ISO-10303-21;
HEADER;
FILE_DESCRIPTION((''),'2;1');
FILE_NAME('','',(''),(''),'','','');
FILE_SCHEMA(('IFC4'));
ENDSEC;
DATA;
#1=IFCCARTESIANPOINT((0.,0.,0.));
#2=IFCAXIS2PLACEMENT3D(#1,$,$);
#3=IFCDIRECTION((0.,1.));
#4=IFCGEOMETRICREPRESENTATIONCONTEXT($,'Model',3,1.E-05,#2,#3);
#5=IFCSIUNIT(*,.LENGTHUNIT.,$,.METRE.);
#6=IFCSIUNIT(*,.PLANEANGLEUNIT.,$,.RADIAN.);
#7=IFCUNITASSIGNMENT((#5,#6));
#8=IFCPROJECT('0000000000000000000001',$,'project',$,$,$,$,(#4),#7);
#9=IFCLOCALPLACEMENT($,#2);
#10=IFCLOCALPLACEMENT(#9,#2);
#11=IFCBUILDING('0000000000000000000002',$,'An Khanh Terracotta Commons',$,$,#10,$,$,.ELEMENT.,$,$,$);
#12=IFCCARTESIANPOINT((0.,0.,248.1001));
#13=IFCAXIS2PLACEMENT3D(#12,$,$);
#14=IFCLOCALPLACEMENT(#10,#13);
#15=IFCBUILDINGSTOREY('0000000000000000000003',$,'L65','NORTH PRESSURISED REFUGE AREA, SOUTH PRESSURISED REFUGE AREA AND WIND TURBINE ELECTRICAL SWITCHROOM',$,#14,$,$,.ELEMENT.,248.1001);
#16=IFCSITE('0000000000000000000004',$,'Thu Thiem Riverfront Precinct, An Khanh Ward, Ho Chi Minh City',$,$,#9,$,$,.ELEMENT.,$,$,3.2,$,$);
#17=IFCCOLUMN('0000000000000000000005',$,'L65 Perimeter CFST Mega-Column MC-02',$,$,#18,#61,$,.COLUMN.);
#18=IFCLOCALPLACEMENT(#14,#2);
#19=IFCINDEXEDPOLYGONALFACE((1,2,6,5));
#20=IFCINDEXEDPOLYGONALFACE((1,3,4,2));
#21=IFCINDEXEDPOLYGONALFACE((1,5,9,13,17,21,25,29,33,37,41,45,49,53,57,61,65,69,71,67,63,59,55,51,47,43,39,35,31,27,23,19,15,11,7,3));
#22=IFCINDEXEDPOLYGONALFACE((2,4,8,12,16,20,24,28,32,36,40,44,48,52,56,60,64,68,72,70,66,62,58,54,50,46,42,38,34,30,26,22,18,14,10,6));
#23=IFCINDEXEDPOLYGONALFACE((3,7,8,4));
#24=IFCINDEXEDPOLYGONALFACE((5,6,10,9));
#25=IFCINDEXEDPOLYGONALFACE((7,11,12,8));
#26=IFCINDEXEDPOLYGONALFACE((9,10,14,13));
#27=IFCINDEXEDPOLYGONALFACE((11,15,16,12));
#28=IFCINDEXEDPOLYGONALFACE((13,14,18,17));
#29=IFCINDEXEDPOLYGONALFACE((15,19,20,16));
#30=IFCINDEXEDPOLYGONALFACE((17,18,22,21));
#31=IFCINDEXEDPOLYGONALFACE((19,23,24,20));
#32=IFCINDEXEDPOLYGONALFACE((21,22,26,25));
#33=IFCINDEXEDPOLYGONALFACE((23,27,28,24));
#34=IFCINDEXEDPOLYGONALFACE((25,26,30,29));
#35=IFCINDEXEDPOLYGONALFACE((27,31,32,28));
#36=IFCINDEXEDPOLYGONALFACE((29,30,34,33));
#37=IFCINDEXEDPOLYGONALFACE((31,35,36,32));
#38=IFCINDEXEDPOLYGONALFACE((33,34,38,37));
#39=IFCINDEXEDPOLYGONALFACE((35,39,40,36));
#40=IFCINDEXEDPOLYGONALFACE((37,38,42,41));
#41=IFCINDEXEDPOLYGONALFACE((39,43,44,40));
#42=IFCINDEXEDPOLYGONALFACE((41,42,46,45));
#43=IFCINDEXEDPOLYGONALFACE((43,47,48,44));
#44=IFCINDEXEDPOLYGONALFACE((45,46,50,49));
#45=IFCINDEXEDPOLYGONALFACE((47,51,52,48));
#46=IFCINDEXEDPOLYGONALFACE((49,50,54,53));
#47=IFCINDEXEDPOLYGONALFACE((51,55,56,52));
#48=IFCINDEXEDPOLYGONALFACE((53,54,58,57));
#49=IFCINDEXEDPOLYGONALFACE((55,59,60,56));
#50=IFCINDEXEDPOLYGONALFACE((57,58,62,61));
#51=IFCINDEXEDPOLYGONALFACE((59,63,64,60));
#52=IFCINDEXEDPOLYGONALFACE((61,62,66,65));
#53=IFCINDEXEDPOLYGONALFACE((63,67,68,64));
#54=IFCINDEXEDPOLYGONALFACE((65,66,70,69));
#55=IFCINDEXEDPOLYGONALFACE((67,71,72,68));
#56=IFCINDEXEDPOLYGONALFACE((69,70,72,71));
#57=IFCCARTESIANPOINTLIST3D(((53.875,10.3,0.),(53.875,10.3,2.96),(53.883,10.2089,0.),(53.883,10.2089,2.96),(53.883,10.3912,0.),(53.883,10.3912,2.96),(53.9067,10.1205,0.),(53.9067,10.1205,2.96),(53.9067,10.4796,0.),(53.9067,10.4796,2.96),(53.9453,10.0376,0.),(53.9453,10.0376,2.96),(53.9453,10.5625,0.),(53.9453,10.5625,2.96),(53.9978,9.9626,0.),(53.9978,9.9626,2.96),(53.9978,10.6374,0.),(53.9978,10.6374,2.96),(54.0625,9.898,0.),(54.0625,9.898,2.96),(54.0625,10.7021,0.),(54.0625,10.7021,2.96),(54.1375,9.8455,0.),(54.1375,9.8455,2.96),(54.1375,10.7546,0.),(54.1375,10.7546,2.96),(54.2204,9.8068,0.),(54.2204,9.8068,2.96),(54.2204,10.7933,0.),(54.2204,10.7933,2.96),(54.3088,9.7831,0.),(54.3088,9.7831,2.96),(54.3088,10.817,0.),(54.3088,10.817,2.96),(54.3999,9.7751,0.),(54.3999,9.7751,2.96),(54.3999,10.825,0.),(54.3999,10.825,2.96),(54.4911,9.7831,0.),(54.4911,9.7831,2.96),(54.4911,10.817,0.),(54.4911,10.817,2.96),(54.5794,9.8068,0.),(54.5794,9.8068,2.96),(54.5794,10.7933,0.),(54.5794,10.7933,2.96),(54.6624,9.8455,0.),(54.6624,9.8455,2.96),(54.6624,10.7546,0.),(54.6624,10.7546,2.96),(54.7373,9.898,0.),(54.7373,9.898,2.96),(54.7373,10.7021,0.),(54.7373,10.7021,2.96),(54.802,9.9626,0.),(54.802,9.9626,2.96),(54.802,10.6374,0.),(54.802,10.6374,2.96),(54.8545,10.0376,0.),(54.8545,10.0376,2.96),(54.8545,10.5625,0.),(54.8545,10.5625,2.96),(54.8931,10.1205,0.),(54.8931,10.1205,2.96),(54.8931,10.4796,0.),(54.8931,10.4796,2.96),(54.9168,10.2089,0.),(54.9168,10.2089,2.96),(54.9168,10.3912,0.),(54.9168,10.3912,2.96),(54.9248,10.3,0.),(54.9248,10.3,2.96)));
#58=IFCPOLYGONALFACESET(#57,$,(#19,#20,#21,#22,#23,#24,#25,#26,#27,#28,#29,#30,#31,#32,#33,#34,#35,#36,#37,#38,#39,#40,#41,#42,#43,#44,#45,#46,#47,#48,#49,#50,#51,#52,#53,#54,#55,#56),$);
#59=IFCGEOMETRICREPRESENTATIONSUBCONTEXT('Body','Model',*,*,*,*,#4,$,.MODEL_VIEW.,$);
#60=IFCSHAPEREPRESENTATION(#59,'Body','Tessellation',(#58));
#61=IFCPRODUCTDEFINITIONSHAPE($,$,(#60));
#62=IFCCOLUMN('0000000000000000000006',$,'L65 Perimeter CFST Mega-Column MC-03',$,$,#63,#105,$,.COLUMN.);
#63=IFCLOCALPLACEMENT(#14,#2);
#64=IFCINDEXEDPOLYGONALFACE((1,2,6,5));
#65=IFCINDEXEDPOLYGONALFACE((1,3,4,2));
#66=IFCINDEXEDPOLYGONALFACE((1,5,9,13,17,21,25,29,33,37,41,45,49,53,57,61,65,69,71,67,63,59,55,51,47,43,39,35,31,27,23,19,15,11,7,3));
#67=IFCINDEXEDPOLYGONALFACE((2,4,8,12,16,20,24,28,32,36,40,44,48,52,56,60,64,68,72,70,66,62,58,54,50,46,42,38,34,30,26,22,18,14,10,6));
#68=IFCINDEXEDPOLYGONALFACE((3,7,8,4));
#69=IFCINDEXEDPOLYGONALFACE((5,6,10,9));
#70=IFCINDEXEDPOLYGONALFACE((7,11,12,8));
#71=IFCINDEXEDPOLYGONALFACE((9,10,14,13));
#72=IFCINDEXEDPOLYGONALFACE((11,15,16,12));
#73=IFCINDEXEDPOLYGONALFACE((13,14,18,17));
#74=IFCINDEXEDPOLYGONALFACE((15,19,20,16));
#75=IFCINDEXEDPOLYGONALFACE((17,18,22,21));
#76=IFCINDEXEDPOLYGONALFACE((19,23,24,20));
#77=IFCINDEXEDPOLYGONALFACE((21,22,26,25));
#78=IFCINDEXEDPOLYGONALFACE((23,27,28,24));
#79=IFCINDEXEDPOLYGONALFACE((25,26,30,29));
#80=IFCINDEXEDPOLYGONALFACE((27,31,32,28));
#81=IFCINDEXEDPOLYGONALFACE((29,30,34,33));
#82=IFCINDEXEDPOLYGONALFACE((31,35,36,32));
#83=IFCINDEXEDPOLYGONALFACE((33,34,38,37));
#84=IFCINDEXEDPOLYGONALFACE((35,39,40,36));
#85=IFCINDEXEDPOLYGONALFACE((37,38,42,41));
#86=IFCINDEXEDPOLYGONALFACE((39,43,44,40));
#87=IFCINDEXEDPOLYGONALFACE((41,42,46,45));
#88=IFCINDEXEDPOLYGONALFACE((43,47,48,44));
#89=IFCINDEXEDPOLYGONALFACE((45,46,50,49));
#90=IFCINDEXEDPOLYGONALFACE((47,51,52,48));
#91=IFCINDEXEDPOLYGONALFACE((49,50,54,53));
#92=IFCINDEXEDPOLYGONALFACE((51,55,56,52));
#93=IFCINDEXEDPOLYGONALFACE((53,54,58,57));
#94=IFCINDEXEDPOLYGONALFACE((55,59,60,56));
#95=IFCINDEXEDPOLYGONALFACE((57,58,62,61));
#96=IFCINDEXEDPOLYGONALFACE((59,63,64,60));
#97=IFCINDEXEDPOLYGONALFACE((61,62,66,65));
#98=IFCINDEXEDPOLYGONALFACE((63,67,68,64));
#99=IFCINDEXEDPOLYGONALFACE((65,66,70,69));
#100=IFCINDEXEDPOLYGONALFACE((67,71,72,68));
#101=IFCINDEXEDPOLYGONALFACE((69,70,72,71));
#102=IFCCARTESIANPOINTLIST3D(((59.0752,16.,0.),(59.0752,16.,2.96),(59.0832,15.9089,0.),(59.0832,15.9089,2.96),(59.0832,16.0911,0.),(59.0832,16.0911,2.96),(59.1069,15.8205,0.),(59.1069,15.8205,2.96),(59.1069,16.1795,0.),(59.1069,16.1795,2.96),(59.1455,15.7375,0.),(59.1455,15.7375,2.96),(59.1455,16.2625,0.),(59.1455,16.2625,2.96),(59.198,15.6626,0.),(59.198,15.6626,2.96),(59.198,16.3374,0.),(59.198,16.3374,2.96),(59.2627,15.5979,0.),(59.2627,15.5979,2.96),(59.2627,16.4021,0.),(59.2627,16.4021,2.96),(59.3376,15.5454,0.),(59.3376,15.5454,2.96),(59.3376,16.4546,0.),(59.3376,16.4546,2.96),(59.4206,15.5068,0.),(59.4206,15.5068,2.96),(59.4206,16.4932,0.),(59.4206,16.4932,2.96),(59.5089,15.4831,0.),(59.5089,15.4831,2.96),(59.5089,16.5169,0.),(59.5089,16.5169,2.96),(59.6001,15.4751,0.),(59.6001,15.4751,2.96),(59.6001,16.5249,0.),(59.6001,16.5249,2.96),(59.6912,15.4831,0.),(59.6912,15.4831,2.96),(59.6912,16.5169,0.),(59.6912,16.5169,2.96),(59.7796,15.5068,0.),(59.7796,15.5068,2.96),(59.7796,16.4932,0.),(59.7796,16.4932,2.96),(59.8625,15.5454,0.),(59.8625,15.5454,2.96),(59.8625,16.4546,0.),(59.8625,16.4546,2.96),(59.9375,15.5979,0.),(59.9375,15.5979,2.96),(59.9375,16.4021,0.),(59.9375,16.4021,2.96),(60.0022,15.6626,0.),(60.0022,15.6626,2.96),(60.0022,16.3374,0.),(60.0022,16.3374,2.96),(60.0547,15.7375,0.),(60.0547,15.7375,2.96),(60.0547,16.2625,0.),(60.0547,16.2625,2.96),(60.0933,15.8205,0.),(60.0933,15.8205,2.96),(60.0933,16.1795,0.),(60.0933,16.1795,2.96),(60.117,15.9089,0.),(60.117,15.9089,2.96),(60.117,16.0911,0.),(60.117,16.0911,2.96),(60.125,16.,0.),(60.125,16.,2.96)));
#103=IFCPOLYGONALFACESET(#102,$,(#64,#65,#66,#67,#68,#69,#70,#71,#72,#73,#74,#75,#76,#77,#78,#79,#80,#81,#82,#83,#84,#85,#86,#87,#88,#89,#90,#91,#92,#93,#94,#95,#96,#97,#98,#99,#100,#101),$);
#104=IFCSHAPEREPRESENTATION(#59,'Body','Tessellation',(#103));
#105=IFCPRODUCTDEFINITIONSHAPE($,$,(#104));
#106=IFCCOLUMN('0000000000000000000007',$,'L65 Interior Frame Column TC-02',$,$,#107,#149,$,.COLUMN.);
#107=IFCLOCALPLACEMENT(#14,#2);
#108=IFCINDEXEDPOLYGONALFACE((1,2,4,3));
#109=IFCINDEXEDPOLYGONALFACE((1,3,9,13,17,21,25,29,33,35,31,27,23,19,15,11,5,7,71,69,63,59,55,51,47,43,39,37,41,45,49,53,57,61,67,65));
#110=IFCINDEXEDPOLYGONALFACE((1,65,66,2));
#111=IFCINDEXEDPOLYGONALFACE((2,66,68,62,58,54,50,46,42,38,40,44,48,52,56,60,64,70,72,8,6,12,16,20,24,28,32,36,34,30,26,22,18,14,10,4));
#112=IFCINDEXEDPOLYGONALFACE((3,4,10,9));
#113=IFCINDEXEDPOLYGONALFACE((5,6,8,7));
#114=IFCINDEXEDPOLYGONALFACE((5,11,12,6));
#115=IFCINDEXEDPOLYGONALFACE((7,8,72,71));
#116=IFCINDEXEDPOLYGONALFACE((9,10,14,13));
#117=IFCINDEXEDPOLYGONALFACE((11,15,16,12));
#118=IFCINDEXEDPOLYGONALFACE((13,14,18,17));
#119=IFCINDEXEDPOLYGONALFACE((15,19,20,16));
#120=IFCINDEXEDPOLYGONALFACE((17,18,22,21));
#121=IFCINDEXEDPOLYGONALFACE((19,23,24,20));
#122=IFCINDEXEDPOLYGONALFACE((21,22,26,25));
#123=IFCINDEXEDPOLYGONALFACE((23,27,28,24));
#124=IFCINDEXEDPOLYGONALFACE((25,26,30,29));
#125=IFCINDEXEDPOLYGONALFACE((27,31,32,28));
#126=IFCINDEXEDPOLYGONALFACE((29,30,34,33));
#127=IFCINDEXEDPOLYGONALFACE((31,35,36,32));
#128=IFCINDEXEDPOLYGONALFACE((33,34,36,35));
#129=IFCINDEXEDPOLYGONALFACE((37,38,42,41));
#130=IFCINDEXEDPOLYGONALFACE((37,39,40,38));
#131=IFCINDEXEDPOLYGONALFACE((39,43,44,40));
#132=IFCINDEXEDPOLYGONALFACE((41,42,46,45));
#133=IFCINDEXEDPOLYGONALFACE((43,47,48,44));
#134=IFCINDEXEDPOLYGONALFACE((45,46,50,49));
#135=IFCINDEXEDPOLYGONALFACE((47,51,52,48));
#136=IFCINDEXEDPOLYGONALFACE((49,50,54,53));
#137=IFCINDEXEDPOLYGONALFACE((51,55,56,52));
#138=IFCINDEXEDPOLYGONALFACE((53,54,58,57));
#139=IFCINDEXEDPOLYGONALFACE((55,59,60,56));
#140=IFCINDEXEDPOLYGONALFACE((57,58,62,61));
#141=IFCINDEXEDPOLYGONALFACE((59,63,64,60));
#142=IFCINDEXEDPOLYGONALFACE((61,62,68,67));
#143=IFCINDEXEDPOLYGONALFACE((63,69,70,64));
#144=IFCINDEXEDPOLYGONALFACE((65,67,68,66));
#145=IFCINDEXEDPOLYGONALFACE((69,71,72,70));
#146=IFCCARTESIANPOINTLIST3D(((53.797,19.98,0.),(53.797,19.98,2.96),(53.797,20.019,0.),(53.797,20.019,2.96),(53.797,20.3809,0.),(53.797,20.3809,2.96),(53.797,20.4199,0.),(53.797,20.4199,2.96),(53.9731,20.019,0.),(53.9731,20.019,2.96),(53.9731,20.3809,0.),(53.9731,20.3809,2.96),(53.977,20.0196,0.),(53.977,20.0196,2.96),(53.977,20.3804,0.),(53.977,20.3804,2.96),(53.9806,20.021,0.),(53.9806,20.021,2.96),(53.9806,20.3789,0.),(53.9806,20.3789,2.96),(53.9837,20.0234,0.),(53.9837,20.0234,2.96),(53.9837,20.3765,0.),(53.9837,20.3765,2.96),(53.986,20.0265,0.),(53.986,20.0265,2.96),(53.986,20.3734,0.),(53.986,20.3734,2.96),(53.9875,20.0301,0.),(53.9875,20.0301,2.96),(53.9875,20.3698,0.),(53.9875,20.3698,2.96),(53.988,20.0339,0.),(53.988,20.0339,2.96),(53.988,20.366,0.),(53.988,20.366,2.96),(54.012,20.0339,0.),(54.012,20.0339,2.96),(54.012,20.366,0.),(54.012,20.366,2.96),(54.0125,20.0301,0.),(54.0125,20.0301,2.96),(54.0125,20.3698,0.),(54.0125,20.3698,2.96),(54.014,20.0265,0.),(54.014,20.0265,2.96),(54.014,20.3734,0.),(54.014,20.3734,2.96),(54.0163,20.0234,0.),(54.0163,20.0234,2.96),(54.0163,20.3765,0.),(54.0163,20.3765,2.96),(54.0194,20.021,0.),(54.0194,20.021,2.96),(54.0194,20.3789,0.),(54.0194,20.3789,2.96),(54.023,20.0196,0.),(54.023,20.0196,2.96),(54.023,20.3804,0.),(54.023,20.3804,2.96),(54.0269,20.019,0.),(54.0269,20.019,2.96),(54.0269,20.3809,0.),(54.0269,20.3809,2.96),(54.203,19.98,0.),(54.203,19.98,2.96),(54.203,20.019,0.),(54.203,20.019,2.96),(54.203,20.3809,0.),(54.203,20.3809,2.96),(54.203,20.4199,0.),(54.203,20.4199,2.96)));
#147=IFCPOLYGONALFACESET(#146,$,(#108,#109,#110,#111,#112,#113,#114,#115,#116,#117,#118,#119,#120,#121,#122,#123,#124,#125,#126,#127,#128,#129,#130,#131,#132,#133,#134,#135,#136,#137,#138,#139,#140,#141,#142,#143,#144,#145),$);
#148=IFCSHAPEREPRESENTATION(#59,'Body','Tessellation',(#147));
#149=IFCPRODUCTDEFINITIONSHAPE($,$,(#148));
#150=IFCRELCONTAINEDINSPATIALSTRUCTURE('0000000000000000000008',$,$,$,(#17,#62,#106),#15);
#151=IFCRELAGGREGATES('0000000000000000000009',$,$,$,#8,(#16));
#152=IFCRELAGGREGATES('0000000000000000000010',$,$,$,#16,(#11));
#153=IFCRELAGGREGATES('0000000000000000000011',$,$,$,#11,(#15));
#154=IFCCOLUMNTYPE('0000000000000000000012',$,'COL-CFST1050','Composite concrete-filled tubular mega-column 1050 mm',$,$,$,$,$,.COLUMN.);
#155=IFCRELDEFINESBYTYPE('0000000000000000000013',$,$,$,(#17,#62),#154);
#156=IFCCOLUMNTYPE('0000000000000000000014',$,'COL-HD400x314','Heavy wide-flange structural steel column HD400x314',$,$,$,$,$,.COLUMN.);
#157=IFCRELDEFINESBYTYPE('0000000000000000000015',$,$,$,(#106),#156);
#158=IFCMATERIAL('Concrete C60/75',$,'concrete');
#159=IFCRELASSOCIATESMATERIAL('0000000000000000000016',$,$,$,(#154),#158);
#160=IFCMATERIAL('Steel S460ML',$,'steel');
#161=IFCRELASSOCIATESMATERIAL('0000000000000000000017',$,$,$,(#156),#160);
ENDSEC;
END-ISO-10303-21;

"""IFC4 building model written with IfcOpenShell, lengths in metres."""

from ifc_helpers import new_model, si_unit, direction, frame, origin, origin_2d, place, context, subcontext, project, spatial, circle, i_section, extrude, material, material_profile, profile_set, type_object, element, save


model = new_model("IFC4")

# Units and contexts
model_context = context("Model", 3, precision=1e-05, world=origin(), true_north=direction((0.0, 1.0)))
body_context = subcontext(model_context, "Body", "Model", "MODEL_VIEW")
ifc_project = project(units=[si_unit("LENGTHUNIT", "METRE"), si_unit("PLANEANGLEUNIT", "RADIAN")], contexts=[model_context])

# Site, building, storey
site_placement = place(None, origin())
site = spatial("IfcSite", under=ifc_project, at=site_placement, Name="Thu Thiem Riverfront Precinct, An Khanh Ward, Ho Chi Minh City", CompositionType="ELEMENT", RefElevation=3.2)
building_placement = place(site_placement, origin())
building = spatial("IfcBuilding", under=site, at=building_placement, Name="An Khanh Terracotta Commons", CompositionType="ELEMENT")
storey_placement = place(building_placement, frame((0.0, 0.0, 248.1001)))
storey = spatial("IfcBuildingStorey", under=building, at=storey_placement, Name="L65", Description="NORTH PRESSURISED REFUGE AREA, SOUTH PRESSURISED REFUGE AREA AND WIND TURBINE ELECTRICAL SWITCHROOM", CompositionType="ELEMENT", Elevation=248.1001)

# Columns
ifc_material_1 = material(Name="Concrete C60/75", Category="concrete")
ifc_material_profile_1 = material_profile(ifc_material_1, circle(Radius=0.5249, at=origin_2d()), Name="CFST1050")
ifc_profile_set_1 = profile_set([ifc_material_profile_1], Name="Concrete C60/75")
column_type_1 = type_object("IfcColumnType", Name="COL-CFST1050", Description="Composite concrete-filled tubular mega-column 1050 mm", PredefinedType="COLUMN", material=ifc_profile_set_1)
for number, where, z_axis, x_axis, name in (
    (1, (54.3999, 10.3, 0.0), (0.0, 0.0, 1.0), (1.0, 0.0, 0.0), "L65 Perimeter CFST Mega-Column MC-02"),
    (2, (59.6001, 16.0, 0.0), (0.0, 0.0, 1.0), (1.0, 0.0, 0.0), "L65 Perimeter CFST Mega-Column MC-03"),
):
    element("IfcColumn", number, at=place(storey_placement, frame(where, z_axis=z_axis, x_axis=x_axis)), inside=storey, type_object=column_type_1, Name=name, PredefinedType="COLUMN", context=body_context, shape_type="SweptSolid", body=[
        extrude(circle(Radius=0.5249, at=origin_2d()), origin(), (0.0, 0.0, 1.0), 2.96),
    ])
ifc_material_2 = material(Name="Steel S460ML", Category="steel")
ifc_material_profile_2 = material_profile(ifc_material_2, i_section(OverallWidth=0.406, OverallDepth=0.4399, WebThickness=0.0239, FlangeThickness=0.0391, FilletRadius=0.0149, at=origin_2d()), Name="HD400x314")
ifc_profile_set_2 = profile_set([ifc_material_profile_2], Name="Steel S460ML")
column_type_2 = type_object("IfcColumnType", Name="COL-HD400x314", Description="Heavy wide-flange structural steel column HD400x314", PredefinedType="COLUMN", material=ifc_profile_set_2)
column_placement = place(storey_placement, frame((54.0, 20.2, 0.0), z_axis=(0.0, 0.0, 1.0), x_axis=(1.0, 0.0, 0.0)))
element("IfcColumn", 3, at=column_placement, inside=storey, type_object=column_type_2, Name="L65 Interior Frame Column TC-02", PredefinedType="COLUMN", context=body_context, shape_type="SweptSolid", body=[
    extrude(i_section(OverallWidth=0.406, OverallDepth=0.4399, WebThickness=0.0239, FlangeThickness=0.0391, FilletRadius=0.0149, at=origin_2d()), origin(), (0.0, 0.0, 1.0), 2.96),
])

save(model, "model.ifc")
